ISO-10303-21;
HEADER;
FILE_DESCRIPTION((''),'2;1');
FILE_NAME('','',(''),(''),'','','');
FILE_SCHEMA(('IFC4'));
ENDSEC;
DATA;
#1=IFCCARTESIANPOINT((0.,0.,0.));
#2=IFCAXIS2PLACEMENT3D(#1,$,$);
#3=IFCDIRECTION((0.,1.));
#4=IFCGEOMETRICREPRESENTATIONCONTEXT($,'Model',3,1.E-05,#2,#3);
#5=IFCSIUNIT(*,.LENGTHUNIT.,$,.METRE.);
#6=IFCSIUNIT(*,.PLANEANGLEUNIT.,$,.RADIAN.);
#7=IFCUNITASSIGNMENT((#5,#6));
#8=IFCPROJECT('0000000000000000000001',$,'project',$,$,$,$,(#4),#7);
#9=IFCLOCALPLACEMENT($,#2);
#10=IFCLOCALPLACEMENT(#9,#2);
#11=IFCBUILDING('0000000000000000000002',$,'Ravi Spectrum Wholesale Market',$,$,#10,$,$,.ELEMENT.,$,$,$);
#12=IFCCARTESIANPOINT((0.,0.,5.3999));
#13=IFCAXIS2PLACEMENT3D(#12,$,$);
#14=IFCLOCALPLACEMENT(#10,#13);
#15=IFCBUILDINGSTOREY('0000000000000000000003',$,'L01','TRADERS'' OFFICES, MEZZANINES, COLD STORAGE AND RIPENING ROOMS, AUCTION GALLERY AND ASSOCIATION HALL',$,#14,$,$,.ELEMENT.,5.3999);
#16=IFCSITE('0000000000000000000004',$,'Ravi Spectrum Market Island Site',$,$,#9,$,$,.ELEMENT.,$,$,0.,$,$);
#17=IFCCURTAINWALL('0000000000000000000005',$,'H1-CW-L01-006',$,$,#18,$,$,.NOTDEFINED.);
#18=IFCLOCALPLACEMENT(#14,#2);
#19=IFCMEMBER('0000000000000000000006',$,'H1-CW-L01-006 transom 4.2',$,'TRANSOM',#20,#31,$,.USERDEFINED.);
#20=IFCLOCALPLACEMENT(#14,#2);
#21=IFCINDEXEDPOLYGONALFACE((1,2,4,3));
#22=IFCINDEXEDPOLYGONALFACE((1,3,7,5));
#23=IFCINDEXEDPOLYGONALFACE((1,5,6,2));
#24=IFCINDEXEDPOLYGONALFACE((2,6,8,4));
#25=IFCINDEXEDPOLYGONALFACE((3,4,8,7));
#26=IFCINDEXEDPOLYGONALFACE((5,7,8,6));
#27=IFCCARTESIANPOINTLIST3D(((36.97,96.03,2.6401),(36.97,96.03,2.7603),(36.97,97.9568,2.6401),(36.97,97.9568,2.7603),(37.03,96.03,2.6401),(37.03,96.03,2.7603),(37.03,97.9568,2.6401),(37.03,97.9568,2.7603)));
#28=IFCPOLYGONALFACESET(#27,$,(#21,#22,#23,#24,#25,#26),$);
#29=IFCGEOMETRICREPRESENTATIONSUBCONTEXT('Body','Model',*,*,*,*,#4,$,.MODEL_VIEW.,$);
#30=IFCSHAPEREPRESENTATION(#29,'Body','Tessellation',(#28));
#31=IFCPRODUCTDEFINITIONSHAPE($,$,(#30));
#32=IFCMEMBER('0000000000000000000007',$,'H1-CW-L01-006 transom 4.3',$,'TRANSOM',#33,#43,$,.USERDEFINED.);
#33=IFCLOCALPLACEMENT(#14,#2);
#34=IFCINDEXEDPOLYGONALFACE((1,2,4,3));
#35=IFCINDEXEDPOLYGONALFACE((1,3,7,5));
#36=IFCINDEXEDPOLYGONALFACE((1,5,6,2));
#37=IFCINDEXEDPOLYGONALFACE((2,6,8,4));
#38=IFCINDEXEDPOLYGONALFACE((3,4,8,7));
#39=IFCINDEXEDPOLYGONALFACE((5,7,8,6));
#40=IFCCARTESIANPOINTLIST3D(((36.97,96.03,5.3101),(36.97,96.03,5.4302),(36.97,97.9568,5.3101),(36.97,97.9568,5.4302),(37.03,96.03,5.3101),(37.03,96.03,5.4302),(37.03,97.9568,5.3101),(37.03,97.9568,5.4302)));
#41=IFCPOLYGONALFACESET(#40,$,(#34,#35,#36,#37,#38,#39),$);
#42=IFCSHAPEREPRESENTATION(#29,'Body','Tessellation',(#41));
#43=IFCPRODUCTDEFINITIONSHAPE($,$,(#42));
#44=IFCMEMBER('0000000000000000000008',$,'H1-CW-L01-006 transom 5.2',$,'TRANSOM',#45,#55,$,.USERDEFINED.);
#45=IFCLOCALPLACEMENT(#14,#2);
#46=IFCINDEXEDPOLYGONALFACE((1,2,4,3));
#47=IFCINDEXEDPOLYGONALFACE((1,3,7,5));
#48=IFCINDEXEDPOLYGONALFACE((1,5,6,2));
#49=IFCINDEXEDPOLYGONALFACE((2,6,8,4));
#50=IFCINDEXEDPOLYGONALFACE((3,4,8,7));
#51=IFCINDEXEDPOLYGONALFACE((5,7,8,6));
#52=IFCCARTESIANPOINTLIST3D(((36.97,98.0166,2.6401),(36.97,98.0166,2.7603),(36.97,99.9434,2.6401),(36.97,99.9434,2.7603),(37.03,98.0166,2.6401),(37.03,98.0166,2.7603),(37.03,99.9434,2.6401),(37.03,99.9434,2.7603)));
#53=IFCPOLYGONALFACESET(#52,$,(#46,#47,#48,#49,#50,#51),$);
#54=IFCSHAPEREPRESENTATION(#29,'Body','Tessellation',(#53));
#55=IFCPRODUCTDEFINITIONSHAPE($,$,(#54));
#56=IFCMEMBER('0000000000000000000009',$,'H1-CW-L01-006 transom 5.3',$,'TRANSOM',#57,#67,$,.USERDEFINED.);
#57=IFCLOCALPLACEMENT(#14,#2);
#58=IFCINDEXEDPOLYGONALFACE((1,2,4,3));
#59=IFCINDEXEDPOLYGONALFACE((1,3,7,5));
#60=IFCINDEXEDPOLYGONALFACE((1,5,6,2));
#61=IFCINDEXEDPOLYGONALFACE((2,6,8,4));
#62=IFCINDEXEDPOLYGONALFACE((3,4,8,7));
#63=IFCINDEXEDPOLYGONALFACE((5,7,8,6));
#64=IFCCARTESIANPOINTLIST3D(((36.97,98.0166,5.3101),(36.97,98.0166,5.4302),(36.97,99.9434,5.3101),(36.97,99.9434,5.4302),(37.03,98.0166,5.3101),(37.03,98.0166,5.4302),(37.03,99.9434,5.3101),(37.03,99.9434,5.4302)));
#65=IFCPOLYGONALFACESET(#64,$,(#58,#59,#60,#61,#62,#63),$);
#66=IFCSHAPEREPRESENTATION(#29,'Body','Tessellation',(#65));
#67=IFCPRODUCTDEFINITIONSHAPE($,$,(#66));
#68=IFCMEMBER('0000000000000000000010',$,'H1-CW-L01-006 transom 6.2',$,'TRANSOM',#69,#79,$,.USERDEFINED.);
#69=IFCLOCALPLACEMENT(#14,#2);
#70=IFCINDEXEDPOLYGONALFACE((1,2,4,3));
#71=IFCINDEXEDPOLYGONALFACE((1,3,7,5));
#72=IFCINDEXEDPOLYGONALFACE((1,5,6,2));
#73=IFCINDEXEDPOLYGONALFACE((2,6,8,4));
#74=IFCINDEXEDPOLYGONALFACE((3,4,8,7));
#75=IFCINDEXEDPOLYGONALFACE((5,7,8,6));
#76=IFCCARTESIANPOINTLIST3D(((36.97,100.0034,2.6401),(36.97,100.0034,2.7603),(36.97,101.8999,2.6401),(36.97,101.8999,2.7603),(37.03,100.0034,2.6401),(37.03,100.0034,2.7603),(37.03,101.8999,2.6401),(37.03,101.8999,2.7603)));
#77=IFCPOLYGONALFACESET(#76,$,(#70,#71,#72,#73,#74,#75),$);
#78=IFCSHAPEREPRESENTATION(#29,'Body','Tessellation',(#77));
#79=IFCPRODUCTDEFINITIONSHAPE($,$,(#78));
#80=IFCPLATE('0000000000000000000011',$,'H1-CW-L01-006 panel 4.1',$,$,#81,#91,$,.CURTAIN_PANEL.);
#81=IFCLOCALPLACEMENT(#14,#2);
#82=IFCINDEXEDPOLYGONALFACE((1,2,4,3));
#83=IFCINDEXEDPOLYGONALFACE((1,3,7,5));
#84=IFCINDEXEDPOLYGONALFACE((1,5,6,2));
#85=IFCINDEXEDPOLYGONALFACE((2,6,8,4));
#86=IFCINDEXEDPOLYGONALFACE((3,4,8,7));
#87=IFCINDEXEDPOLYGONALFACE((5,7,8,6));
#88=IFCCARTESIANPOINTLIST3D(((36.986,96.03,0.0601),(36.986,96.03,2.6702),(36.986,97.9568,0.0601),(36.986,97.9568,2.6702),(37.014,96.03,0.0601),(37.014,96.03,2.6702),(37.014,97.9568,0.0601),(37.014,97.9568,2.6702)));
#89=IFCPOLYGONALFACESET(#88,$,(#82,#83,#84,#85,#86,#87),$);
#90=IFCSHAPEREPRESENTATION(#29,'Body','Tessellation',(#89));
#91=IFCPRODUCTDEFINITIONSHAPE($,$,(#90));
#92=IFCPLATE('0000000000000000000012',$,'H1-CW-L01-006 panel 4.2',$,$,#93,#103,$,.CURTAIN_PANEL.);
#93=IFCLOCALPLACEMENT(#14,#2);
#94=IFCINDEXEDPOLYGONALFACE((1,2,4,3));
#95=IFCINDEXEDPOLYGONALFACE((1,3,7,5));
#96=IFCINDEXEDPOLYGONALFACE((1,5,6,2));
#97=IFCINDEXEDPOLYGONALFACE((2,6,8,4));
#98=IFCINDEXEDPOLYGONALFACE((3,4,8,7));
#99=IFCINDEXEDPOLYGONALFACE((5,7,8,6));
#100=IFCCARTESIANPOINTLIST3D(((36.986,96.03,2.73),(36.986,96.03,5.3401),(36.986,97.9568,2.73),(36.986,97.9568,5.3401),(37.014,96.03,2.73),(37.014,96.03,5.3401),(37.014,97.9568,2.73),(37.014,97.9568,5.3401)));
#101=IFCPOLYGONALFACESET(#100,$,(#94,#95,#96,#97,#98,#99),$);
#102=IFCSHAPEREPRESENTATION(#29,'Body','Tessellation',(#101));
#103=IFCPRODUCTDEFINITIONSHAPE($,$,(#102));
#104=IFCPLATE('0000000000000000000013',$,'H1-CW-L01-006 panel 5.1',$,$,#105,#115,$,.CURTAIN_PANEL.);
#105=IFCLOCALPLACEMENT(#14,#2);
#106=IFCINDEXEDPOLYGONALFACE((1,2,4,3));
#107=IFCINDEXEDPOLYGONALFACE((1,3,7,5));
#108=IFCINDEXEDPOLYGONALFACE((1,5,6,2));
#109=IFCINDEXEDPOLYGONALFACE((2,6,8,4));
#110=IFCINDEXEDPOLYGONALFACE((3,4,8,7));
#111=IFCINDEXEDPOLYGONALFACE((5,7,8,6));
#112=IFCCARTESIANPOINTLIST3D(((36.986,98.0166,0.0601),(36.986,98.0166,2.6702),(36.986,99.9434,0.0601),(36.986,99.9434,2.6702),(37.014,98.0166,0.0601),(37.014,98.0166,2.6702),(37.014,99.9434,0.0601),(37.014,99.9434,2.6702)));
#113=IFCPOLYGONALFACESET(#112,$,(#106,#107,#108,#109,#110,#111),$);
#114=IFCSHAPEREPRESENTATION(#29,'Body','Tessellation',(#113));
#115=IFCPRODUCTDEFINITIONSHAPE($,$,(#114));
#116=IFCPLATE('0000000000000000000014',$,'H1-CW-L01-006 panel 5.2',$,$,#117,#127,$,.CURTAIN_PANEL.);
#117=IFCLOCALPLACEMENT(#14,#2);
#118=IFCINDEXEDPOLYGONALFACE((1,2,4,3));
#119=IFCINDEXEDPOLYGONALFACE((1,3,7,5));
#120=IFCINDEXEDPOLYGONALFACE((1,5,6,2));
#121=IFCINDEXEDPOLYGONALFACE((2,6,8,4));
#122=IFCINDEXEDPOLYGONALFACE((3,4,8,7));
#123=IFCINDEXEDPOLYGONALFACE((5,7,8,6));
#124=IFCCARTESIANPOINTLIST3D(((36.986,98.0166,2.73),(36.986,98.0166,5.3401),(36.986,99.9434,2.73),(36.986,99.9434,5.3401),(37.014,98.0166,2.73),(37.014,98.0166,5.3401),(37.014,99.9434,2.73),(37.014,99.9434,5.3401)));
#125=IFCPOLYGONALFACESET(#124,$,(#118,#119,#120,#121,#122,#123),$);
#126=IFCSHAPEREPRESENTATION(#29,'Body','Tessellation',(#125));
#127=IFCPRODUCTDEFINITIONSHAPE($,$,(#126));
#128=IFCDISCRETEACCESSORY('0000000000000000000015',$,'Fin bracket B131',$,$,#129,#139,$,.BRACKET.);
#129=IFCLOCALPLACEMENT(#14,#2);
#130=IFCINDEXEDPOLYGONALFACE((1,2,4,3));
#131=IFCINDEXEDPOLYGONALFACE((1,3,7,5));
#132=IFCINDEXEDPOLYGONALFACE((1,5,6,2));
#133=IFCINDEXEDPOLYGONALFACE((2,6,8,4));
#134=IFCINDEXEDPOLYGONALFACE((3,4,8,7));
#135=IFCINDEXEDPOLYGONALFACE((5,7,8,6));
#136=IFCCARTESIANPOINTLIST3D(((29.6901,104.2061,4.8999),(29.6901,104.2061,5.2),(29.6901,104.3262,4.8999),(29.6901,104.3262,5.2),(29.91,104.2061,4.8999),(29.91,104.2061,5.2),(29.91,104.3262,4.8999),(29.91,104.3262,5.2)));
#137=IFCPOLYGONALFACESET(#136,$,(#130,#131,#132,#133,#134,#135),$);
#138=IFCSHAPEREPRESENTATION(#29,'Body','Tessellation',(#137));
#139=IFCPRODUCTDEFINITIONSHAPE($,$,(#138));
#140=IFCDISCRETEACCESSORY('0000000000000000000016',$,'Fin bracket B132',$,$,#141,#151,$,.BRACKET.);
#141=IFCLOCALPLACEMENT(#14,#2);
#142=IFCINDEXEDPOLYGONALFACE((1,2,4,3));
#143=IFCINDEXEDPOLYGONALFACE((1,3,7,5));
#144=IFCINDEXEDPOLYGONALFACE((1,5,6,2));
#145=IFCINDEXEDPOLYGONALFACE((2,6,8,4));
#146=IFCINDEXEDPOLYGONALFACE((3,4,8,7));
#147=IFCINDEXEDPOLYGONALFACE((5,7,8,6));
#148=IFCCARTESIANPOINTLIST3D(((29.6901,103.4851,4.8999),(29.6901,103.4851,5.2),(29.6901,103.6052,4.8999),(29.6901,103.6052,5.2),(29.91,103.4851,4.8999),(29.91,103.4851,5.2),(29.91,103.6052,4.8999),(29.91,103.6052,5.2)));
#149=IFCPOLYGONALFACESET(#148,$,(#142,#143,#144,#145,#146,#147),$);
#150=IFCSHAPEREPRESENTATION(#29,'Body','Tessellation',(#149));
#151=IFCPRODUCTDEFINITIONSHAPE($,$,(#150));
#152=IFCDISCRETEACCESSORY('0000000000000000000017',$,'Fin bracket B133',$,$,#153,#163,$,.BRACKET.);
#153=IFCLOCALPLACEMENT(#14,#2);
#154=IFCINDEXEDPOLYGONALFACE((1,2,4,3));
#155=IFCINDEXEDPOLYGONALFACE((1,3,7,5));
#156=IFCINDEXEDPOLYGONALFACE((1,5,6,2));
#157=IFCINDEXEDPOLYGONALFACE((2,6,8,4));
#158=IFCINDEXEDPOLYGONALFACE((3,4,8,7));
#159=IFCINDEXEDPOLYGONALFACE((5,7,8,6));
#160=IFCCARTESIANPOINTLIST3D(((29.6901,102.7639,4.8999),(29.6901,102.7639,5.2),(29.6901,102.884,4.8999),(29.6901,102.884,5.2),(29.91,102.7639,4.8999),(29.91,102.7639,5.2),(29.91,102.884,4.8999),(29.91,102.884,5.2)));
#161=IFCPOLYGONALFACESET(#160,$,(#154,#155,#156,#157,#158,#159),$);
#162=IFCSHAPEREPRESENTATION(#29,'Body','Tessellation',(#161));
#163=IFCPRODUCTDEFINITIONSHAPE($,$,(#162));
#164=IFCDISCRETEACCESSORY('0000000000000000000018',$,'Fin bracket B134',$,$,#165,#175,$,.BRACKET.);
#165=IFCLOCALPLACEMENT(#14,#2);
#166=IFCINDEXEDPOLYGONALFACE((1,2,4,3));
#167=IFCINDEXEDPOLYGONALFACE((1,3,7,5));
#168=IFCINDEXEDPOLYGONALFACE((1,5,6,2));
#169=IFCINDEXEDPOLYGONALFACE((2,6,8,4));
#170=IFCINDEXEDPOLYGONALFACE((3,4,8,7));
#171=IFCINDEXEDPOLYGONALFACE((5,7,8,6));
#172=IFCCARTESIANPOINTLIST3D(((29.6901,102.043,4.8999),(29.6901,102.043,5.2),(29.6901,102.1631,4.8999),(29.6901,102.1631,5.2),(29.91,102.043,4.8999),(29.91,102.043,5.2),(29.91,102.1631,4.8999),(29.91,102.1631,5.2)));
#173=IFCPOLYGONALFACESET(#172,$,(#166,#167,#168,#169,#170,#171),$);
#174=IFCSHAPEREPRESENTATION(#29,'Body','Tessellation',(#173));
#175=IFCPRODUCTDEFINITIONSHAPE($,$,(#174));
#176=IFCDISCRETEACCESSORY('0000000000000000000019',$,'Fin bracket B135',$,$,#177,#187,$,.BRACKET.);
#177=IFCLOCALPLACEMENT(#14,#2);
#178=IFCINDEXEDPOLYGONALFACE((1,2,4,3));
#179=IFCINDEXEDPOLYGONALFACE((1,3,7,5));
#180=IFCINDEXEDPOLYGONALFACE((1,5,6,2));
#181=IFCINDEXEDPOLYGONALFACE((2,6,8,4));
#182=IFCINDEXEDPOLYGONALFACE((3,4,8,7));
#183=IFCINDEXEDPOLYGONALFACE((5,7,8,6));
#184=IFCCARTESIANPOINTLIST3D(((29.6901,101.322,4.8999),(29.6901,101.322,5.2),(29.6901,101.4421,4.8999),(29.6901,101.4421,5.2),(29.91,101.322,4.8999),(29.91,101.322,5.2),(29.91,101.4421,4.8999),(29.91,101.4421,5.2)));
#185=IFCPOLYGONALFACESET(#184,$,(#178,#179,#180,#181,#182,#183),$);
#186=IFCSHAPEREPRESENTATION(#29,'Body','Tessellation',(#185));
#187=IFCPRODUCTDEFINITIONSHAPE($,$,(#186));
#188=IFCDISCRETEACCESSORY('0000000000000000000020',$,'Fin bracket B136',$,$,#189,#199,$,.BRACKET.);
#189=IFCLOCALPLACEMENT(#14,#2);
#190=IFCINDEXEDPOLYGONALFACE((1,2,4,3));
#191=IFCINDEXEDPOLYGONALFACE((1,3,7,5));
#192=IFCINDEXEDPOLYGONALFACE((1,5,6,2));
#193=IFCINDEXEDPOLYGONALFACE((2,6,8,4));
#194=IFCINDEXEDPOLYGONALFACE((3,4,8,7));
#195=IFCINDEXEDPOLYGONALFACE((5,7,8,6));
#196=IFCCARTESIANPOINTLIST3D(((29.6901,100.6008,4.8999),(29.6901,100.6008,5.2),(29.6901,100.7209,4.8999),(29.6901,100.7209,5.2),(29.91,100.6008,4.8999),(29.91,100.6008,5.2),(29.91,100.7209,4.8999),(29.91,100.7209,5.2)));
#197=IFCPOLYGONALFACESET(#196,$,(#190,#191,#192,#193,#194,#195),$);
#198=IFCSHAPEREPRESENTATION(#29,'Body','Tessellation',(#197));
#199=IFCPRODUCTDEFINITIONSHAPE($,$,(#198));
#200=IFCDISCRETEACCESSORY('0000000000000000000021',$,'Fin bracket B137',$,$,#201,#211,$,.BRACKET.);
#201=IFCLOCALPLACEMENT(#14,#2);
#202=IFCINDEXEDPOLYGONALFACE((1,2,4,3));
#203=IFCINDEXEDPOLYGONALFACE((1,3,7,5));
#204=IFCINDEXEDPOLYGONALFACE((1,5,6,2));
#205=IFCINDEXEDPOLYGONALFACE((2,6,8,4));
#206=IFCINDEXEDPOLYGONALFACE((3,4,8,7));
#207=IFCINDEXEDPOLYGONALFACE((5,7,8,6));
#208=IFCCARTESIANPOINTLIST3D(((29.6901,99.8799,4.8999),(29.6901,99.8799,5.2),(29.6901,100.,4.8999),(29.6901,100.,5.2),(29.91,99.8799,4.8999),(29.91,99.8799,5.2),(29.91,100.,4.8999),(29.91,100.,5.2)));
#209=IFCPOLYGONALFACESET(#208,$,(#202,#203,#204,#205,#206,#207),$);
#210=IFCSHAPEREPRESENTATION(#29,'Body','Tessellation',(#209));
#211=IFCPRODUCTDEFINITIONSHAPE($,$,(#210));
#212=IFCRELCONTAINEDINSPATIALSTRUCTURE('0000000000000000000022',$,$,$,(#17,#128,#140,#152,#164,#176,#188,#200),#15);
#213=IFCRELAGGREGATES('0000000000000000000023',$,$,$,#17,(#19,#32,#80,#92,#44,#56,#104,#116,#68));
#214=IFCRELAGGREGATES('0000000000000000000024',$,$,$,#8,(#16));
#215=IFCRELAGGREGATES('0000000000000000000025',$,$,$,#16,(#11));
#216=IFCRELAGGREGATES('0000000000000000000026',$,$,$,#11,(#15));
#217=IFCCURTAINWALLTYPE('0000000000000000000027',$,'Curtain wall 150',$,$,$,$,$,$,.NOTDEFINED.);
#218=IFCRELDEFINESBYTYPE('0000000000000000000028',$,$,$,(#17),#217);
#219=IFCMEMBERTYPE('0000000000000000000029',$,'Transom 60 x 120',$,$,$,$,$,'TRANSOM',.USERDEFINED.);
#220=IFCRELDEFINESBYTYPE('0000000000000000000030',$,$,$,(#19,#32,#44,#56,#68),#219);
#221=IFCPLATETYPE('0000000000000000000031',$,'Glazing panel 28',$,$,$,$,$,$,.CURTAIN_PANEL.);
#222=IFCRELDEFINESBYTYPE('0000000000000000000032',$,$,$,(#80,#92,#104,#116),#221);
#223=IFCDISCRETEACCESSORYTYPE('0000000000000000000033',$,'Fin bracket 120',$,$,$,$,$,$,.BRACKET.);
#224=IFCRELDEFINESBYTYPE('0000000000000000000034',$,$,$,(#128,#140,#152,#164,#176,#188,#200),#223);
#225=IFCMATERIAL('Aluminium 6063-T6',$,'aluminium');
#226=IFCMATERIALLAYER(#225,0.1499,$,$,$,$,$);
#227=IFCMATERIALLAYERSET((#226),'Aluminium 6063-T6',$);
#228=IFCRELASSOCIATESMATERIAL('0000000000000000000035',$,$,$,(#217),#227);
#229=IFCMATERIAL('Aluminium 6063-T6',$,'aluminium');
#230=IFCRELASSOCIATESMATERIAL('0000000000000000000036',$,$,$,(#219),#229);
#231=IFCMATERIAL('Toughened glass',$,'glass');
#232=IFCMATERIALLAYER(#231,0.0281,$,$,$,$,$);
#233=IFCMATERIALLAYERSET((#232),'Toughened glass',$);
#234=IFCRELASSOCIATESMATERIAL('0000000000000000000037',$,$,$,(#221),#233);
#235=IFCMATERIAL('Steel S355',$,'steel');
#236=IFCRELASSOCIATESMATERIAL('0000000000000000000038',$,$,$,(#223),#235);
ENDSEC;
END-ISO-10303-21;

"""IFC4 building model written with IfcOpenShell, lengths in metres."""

from ifc_helpers import new_model, si_unit, direction, frame, origin, origin_2d, place, context, subcontext, project, spatial, rectangle, extrude, material, layer, layer_set, material_profile, profile_set, type_object, element, aggregate, save


model = new_model("IFC4")

# Units and contexts
model_context = context("Model", 3, precision=1e-05, world=origin(), true_north=direction((0.0, 1.0)))
body_context = subcontext(model_context, "Body", "Model", "MODEL_VIEW")
ifc_project = project(units=[si_unit("LENGTHUNIT", "METRE"), si_unit("PLANEANGLEUNIT", "RADIAN")], contexts=[model_context])

# Site, building, storey
site_placement = place(None, origin())
site = spatial("IfcSite", under=ifc_project, at=site_placement, Name="Ravi Spectrum Market Island Site", CompositionType="ELEMENT", RefElevation=0.0)
building_placement = place(site_placement, origin())
building = spatial("IfcBuilding", under=site, at=building_placement, Name="Ravi Spectrum Wholesale Market", CompositionType="ELEMENT")
storey_placement = place(building_placement, frame((0.0, 0.0, 5.3999)))
storey = spatial("IfcBuildingStorey", under=building, at=storey_placement, Name="L01", Description="TRADERS' OFFICES, MEZZANINES, COLD STORAGE AND RIPENING ROOMS, AUCTION GALLERY AND ASSOCIATION HALL", CompositionType="ELEMENT", Elevation=5.3999)

# Curtain wall, members, plates
ifc_material_1 = material(Name="Aluminium 6063-T6", Category="aluminium")
ifc_layer_1 = layer(ifc_material_1, 0.1499)
ifc_layer_set_1 = layer_set([ifc_layer_1], Name="Aluminium 6063-T6")
curtain_wall_type = type_object("IfcCurtainWallType", Name="Curtain wall 150", PredefinedType="NOTDEFINED", material=ifc_layer_set_1)
curtain_wall_placement = place(storey_placement, origin())
curtain_wall = element("IfcCurtainWall", 1, at=curtain_wall_placement, inside=storey, type_object=curtain_wall_type, Name="H1-CW-L01-006", PredefinedType="NOTDEFINED")
ifc_material_2 = material(Name="Aluminium 6063-T6", Category="aluminium")
ifc_material_profile = material_profile(ifc_material_2, rectangle(XDim=0.0601, YDim=0.1201, at=origin_2d()))
ifc_profile_set = profile_set([ifc_material_profile], Name="Aluminium 6063-T6")
member_type = type_object("IfcMemberType", Name="Transom 60 x 120", ElementType="TRANSOM", PredefinedType="USERDEFINED", material=ifc_profile_set)
member_1_placement = place(storey_placement, frame((37.0, 96.03, 2.7002), z_axis=(0.0, 1.0, 0.0), x_axis=(-1.0, 0.0, 0.0)))
member_1 = element("IfcMember", 2, at=member_1_placement, type_object=member_type, Name="H1-CW-L01-006 transom 4.2", ObjectType="TRANSOM", PredefinedType="USERDEFINED", context=body_context, shape_type="SweptSolid", body=[
    extrude(rectangle(XDim=0.0601, YDim=0.1201, at=origin_2d()), origin(), (0.0, 0.0, 1.0), 1.9268),
])
member_2_placement = place(storey_placement, frame((37.0, 96.03, 5.3701), z_axis=(0.0, 1.0, 0.0), x_axis=(-1.0, 0.0, 0.0)))
member_2 = element("IfcMember", 3, at=member_2_placement, type_object=member_type, Name="H1-CW-L01-006 transom 4.3", ObjectType="TRANSOM", PredefinedType="USERDEFINED", context=body_context, shape_type="SweptSolid", body=[
    extrude(rectangle(XDim=0.0601, YDim=0.1201, at=origin_2d()), origin(), (0.0, 0.0, 1.0), 1.9268),
])
member_3_placement = place(storey_placement, frame((37.0, 98.0166, 2.7002), z_axis=(0.0, 1.0, 0.0), x_axis=(-1.0, 0.0, 0.0)))
member_3 = element("IfcMember", 4, at=member_3_placement, type_object=member_type, Name="H1-CW-L01-006 transom 5.2", ObjectType="TRANSOM", PredefinedType="USERDEFINED", context=body_context, shape_type="SweptSolid", body=[
    extrude(rectangle(XDim=0.0601, YDim=0.1201, at=origin_2d()), origin(), (0.0, 0.0, 1.0), 1.9268),
])
member_4_placement = place(storey_placement, frame((37.0, 98.0166, 5.3701), z_axis=(0.0, 1.0, 0.0), x_axis=(-1.0, 0.0, 0.0)))
member_4 = element("IfcMember", 5, at=member_4_placement, type_object=member_type, Name="H1-CW-L01-006 transom 5.3", ObjectType="TRANSOM", PredefinedType="USERDEFINED", context=body_context, shape_type="SweptSolid", body=[
    extrude(rectangle(XDim=0.0601, YDim=0.1201, at=origin_2d()), origin(), (0.0, 0.0, 1.0), 1.9268),
])
member_5_placement = place(storey_placement, frame((37.0, 100.0034, 2.7002), z_axis=(0.0, 1.0, 0.0), x_axis=(-1.0, 0.0, 0.0)))
member_5 = element("IfcMember", 6, at=member_5_placement, type_object=member_type, Name="H1-CW-L01-006 transom 6.2", ObjectType="TRANSOM", PredefinedType="USERDEFINED", context=body_context, shape_type="SweptSolid", body=[
    extrude(rectangle(XDim=0.0601, YDim=0.1201, at=origin_2d()), origin(), (0.0, 0.0, 1.0), 1.8965),
])
ifc_material_3 = material(Name="Toughened glass", Category="glass")
ifc_layer_2 = layer(ifc_material_3, 0.0281)
ifc_layer_set_2 = layer_set([ifc_layer_2], Name="Toughened glass")
plate_type = type_object("IfcPlateType", Name="Glazing panel 28", PredefinedType="CURTAIN_PANEL", material=ifc_layer_set_2)
plate_1_placement = place(storey_placement, frame((37.0, 96.9934, 0.0601), z_axis=(0.0, 0.0, 1.0), x_axis=(0.0, 1.0, 0.0)))
plate_1 = element("IfcPlate", 7, at=plate_1_placement, type_object=plate_type, Name="H1-CW-L01-006 panel 4.1", PredefinedType="CURTAIN_PANEL", context=body_context, shape_type="SweptSolid", body=[
    extrude(rectangle(XDim=1.9268, YDim=0.0281, at=origin_2d()), origin(), (0.0, 0.0, 1.0), 2.6101),
])
plate_2_placement = place(storey_placement, frame((37.0, 96.9934, 2.73), z_axis=(0.0, 0.0, 1.0), x_axis=(0.0, 1.0, 0.0)))
plate_2 = element("IfcPlate", 8, at=plate_2_placement, type_object=plate_type, Name="H1-CW-L01-006 panel 4.2", PredefinedType="CURTAIN_PANEL", context=body_context, shape_type="SweptSolid", body=[
    extrude(rectangle(XDim=1.9268, YDim=0.0281, at=origin_2d()), origin(), (0.0, 0.0, 1.0), 2.6101),
])
plate_3_placement = place(storey_placement, frame((37.0, 98.98, 0.0601), z_axis=(0.0, 0.0, 1.0), x_axis=(0.0, 1.0, 0.0)))
plate_3 = element("IfcPlate", 9, at=plate_3_placement, type_object=plate_type, Name="H1-CW-L01-006 panel 5.1", PredefinedType="CURTAIN_PANEL", context=body_context, shape_type="SweptSolid", body=[
    extrude(rectangle(XDim=1.9268, YDim=0.0281, at=origin_2d()), origin(), (0.0, 0.0, 1.0), 2.6101),
])
plate_4_placement = place(storey_placement, frame((37.0, 98.98, 2.73), z_axis=(0.0, 0.0, 1.0), x_axis=(0.0, 1.0, 0.0)))
plate_4 = element("IfcPlate", 10, at=plate_4_placement, type_object=plate_type, Name="H1-CW-L01-006 panel 5.2", PredefinedType="CURTAIN_PANEL", context=body_context, shape_type="SweptSolid", body=[
    extrude(rectangle(XDim=1.9268, YDim=0.0281, at=origin_2d()), origin(), (0.0, 0.0, 1.0), 2.6101),
])
aggregate(curtain_wall, [member_1, member_2, plate_1, plate_2, member_3, member_4, plate_3, plate_4, member_5])

# Discrete accessories
ifc_material_4 = material(Name="Steel S355", Category="steel")
discrete_accessory_type = type_object("IfcDiscreteAccessoryType", Name="Fin bracket 120", PredefinedType="BRACKET", material=ifc_material_4)
for number, where, z_axis, x_axis, name in (
    (11, (29.8, 104.2661, 4.8999), (0.0, 0.0, 1.0), (0.0, -1.0, 0.0), "Fin bracket B131"),
    (12, (29.8, 103.5452, 4.8999), (0.0, 0.0, 1.0), (0.0, -1.0, 0.0), "Fin bracket B132"),
    (13, (29.8, 102.824, 4.8999), (0.0, 0.0, 1.0), (0.0, -1.0, 0.0), "Fin bracket B133"),
    (14, (29.8, 102.103, 4.8999), (0.0, 0.0, 1.0), (0.0, -1.0, 0.0), "Fin bracket B134"),
    (15, (29.8, 101.3821, 4.8999), (0.0, 0.0, 1.0), (0.0, -1.0, 0.0), "Fin bracket B135"),
    (16, (29.8, 100.6609, 4.8999), (0.0, 0.0, 1.0), (0.0, -1.0, 0.0), "Fin bracket B136"),
    (17, (29.8, 99.9399, 4.8999), (0.0, 0.0, 1.0), (0.0, -1.0, 0.0), "Fin bracket B137"),
):
    element("IfcDiscreteAccessory", number, at=place(storey_placement, frame(where, z_axis=z_axis, x_axis=x_axis)), inside=storey, type_object=discrete_accessory_type, Name=name, PredefinedType="BRACKET", context=body_context, shape_type="SweptSolid", body=[
        extrude(rectangle(XDim=0.1201, YDim=0.22, at=origin_2d()), origin(), (0.0, 0.0, 1.0), 0.3),
    ])

save(model, "model.ifc")
